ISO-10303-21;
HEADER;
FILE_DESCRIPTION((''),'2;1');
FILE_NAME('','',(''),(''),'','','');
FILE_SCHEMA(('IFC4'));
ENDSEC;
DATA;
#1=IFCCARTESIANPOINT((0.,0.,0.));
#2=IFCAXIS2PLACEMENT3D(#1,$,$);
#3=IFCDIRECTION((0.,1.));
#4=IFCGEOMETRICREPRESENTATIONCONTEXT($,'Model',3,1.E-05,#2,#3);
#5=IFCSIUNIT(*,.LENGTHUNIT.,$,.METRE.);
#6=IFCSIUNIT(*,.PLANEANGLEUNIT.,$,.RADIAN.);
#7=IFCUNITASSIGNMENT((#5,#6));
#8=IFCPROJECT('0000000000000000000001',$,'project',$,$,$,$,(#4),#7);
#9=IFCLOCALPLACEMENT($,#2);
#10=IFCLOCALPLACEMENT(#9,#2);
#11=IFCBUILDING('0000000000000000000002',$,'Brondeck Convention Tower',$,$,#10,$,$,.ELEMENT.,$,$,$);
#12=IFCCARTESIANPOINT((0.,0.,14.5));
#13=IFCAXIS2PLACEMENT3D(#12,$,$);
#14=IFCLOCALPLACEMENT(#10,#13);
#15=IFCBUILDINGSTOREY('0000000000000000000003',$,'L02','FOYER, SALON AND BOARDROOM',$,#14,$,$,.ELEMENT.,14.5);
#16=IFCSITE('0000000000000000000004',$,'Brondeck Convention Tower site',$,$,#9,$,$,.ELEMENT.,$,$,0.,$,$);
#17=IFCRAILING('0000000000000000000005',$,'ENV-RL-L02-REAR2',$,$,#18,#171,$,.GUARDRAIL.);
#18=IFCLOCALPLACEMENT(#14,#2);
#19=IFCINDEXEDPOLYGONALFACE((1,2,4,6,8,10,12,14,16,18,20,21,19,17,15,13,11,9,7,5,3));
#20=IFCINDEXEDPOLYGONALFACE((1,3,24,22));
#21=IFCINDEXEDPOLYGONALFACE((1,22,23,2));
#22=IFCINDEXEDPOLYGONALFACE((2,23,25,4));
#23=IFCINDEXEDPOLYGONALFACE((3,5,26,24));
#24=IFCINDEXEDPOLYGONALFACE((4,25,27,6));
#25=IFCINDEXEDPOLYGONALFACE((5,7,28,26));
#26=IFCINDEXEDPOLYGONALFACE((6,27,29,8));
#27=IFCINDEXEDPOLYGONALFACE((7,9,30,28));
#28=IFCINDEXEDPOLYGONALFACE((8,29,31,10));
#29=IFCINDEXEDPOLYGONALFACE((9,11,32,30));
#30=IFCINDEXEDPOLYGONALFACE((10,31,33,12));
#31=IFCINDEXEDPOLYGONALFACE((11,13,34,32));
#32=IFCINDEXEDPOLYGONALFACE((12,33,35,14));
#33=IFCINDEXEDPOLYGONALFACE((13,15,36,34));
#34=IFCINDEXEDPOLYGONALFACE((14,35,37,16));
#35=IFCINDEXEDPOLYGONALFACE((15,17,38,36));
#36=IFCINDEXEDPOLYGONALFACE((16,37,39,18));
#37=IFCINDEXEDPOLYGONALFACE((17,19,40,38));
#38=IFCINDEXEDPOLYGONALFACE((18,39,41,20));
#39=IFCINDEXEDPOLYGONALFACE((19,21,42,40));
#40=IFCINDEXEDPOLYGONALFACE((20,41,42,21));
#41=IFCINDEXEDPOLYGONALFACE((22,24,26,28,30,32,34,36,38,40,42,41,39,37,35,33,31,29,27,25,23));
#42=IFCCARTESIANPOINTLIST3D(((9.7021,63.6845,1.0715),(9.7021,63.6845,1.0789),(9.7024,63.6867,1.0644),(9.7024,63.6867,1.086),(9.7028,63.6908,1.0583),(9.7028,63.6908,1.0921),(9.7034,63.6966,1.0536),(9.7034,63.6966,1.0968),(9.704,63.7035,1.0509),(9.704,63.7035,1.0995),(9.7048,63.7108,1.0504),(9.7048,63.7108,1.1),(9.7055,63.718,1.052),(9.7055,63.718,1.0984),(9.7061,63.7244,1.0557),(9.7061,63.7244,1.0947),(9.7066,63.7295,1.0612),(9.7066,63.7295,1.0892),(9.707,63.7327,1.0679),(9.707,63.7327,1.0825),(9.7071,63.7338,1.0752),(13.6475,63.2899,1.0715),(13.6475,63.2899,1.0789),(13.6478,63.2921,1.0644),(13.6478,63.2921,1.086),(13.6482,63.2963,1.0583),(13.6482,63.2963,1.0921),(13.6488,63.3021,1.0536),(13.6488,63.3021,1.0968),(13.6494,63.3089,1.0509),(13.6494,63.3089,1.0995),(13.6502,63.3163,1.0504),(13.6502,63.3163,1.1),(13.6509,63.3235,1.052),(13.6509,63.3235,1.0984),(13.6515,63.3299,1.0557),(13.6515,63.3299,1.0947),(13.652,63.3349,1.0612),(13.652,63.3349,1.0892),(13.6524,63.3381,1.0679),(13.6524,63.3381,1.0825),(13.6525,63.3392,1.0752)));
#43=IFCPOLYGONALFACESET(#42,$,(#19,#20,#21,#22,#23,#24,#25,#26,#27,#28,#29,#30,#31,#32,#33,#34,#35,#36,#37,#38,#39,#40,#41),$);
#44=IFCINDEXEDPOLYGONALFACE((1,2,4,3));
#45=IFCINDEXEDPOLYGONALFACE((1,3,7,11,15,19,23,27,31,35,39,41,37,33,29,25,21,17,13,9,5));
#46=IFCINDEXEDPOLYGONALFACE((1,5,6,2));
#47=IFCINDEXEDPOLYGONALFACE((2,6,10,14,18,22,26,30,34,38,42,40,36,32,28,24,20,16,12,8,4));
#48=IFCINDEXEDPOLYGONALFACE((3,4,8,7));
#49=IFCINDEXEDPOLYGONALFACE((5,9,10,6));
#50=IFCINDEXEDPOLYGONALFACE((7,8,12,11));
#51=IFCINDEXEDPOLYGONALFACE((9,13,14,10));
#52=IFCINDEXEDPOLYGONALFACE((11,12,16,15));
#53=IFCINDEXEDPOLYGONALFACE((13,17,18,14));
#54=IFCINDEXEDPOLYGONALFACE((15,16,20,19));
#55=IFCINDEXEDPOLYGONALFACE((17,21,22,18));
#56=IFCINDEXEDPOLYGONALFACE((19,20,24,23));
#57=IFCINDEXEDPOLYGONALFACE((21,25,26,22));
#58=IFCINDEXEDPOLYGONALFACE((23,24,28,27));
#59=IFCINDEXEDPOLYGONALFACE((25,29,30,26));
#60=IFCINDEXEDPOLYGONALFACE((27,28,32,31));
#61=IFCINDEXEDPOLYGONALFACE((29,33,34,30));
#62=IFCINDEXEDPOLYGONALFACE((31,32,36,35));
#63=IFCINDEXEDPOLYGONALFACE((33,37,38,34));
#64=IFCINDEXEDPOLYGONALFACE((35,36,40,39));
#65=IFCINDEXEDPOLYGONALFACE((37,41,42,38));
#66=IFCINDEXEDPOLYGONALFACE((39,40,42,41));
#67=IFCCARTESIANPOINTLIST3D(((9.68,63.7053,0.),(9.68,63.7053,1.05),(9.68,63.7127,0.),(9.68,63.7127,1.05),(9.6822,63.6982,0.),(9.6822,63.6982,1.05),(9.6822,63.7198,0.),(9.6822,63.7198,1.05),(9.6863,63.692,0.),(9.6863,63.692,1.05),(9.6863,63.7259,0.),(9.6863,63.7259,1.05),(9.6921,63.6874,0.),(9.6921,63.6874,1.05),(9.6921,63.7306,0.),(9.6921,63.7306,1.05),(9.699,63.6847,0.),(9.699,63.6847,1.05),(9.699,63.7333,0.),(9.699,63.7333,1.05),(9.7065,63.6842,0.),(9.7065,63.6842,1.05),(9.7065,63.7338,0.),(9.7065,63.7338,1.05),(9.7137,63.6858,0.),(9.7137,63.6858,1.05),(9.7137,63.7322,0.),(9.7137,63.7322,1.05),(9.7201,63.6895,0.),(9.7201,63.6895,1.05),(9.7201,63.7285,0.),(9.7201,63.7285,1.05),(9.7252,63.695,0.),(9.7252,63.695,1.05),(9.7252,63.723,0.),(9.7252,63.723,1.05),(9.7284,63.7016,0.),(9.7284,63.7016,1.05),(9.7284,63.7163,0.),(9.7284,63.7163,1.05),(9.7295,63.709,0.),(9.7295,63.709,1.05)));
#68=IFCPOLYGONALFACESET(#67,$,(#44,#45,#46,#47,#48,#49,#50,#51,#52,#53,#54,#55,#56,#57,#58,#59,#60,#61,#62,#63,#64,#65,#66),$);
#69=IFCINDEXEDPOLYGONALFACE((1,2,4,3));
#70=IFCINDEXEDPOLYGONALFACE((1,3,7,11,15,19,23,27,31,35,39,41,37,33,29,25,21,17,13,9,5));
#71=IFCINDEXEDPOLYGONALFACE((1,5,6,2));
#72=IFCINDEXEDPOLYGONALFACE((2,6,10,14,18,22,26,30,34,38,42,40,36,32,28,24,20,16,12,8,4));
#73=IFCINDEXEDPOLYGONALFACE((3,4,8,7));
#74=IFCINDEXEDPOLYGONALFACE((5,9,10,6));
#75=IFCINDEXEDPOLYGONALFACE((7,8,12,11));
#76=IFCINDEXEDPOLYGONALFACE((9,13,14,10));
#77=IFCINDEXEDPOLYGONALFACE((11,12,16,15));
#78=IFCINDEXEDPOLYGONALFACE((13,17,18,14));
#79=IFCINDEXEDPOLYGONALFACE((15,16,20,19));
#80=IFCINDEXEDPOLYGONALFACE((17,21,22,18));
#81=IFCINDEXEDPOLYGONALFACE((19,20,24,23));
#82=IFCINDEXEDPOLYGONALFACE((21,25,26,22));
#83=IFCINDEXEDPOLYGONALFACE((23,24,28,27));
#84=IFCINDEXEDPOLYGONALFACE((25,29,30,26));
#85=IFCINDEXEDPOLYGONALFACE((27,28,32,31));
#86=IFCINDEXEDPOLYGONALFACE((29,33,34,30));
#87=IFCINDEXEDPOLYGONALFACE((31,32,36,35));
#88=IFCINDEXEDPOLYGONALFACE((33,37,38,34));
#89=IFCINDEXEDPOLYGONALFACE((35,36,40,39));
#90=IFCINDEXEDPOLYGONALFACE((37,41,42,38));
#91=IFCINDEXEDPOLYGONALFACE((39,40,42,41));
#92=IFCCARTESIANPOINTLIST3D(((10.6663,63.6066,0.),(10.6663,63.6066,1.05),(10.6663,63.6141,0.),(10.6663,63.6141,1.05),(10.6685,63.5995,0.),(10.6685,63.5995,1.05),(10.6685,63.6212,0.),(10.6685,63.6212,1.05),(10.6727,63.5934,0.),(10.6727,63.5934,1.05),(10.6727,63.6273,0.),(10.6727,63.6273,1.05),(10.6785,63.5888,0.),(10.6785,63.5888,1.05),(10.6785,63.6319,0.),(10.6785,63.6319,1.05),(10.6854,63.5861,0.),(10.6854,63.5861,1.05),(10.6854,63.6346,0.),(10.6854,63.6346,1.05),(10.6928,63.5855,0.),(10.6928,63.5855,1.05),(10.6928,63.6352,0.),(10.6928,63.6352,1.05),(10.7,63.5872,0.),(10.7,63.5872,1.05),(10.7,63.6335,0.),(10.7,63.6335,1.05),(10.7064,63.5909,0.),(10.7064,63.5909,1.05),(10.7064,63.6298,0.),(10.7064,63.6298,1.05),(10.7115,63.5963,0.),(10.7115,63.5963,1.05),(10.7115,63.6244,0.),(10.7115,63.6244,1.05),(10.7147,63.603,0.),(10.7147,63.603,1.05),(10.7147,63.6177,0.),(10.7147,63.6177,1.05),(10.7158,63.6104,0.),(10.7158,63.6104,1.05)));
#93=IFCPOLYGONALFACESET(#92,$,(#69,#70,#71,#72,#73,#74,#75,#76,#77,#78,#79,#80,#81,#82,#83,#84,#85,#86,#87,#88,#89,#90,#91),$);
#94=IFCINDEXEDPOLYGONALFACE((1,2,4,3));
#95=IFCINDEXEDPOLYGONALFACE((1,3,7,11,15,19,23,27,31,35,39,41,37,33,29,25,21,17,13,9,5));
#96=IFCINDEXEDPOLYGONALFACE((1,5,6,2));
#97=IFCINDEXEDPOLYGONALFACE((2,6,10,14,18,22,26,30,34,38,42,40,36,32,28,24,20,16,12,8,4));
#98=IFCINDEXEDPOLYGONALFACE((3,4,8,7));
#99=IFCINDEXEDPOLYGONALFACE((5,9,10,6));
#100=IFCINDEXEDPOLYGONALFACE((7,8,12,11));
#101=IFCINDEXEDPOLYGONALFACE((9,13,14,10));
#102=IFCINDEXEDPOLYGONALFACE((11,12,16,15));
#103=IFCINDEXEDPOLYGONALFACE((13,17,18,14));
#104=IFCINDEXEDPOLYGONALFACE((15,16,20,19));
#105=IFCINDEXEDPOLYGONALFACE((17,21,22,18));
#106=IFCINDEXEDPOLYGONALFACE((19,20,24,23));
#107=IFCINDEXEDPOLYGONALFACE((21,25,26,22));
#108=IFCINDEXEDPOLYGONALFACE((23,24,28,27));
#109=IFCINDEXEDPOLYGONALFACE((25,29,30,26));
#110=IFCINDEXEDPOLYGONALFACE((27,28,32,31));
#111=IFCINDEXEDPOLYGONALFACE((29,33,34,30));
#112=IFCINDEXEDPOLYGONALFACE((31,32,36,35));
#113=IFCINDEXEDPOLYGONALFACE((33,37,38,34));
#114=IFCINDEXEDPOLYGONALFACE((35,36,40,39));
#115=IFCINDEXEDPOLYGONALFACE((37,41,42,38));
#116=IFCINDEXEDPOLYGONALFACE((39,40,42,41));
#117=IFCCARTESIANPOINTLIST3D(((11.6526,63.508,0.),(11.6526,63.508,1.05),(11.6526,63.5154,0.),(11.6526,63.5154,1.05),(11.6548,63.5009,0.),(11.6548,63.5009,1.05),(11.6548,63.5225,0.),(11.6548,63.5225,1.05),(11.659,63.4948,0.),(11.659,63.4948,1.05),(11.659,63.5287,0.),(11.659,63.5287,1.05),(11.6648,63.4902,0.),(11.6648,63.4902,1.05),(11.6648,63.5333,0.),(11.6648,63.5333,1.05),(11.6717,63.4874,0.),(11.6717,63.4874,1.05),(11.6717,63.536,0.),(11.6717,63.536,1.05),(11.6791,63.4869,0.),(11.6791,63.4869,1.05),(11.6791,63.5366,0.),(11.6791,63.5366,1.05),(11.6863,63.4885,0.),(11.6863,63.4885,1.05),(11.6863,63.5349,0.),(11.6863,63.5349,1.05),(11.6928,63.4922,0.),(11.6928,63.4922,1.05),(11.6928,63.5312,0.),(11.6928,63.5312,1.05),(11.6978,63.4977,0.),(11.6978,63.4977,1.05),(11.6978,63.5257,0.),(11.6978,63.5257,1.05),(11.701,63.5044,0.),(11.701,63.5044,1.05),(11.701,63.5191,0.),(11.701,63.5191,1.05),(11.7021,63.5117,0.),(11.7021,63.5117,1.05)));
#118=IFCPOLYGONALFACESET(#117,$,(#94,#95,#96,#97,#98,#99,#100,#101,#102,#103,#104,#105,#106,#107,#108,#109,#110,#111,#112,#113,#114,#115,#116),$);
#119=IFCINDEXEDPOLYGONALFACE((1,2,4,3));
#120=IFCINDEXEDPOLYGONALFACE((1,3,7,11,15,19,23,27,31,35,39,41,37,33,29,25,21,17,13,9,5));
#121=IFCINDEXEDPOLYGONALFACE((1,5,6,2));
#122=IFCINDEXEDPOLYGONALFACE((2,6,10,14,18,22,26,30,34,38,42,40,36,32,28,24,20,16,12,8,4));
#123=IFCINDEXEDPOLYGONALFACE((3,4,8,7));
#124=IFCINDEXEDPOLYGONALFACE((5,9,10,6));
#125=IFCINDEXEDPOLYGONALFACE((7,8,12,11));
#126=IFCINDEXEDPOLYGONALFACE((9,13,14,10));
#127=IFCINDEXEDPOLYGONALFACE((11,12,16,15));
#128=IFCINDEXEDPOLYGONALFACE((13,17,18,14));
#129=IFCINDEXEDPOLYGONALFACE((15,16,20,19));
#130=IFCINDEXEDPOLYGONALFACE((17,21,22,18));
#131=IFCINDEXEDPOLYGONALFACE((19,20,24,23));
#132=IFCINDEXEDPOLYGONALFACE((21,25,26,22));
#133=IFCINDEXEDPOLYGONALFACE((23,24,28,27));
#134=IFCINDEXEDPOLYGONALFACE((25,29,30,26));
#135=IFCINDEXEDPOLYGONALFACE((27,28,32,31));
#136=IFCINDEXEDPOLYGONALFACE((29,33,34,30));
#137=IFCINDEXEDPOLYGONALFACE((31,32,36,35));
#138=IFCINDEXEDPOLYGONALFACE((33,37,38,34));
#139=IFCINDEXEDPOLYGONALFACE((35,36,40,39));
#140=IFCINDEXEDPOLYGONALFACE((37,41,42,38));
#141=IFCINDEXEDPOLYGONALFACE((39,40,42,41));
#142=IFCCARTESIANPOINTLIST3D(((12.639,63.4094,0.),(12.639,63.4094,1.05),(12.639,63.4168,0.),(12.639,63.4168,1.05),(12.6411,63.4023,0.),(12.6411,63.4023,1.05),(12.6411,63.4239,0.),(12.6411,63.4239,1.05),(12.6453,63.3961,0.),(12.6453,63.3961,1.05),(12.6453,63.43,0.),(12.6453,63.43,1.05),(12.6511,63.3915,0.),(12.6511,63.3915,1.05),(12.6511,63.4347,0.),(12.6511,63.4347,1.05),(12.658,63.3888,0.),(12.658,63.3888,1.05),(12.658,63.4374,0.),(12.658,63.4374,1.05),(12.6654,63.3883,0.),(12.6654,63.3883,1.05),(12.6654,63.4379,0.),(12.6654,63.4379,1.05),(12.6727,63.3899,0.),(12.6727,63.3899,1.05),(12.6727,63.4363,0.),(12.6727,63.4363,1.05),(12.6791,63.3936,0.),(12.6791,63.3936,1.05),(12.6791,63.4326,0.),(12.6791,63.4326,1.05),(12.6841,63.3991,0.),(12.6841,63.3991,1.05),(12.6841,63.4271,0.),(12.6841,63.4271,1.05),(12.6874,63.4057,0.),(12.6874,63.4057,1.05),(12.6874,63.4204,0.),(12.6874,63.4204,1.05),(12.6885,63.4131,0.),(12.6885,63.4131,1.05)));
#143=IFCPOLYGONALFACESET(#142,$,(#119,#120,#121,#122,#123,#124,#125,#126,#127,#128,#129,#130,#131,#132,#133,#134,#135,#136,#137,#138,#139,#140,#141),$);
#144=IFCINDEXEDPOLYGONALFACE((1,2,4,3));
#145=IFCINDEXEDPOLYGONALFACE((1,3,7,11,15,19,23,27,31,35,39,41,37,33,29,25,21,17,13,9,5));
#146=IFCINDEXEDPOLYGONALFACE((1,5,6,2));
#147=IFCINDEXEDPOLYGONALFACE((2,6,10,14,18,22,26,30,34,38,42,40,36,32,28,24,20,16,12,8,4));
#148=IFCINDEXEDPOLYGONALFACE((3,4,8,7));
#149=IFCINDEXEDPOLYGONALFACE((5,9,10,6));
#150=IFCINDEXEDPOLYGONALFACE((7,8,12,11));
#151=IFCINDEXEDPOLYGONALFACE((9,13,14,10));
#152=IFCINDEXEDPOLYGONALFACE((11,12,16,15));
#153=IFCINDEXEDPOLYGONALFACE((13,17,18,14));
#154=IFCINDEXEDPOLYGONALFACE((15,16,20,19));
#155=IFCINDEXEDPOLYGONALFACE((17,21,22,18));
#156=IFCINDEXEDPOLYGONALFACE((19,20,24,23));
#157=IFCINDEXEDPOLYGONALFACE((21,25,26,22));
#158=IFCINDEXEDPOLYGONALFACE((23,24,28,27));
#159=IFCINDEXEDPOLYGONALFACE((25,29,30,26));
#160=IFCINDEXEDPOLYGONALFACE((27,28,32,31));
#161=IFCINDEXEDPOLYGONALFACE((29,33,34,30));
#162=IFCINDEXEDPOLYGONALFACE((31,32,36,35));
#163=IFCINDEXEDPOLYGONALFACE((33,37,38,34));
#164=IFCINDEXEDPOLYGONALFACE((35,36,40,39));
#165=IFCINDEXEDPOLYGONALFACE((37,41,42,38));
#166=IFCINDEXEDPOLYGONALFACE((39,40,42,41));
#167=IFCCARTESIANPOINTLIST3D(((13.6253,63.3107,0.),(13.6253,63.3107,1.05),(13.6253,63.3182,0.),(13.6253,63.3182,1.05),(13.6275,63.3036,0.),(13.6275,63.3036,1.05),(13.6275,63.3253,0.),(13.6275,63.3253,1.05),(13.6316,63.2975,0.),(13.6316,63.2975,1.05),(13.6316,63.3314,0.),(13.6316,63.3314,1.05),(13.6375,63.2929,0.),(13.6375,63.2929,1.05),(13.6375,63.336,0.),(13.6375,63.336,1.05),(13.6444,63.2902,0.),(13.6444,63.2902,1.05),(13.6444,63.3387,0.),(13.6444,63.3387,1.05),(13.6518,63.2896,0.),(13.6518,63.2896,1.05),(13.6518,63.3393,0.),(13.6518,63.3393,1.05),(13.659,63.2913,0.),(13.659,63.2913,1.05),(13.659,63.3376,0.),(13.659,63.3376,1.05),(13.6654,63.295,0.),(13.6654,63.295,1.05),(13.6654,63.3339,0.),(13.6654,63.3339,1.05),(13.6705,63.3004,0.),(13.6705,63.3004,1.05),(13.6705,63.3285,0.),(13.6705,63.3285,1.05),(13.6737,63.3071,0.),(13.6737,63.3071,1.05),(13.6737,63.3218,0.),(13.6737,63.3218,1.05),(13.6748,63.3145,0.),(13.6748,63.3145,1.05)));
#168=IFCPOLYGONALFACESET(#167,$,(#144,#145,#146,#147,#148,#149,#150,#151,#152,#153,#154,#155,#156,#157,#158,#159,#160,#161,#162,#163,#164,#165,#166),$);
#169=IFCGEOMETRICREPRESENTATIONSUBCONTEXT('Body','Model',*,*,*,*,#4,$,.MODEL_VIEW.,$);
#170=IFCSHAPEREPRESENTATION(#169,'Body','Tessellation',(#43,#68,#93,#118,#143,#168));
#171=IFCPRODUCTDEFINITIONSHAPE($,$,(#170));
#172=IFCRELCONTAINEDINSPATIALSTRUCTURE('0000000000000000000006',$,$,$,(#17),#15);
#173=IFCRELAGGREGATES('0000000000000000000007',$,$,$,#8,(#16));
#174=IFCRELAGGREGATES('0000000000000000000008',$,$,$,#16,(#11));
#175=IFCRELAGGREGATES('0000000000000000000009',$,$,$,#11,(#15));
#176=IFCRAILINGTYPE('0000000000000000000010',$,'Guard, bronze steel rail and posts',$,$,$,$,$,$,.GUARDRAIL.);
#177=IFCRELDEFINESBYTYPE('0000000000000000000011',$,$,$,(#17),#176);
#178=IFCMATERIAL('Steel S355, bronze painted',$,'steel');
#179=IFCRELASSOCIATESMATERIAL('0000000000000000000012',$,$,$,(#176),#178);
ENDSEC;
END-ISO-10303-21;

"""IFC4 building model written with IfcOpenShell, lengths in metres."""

from ifc_helpers import new_model, si_unit, direction, frame, origin, origin_2d, place, context, subcontext, project, spatial, circle, extrude, material, type_object, element, save


model = new_model("IFC4")

# Units and contexts
model_context = context("Model", 3, precision=1e-05, world=origin(), true_north=direction((0.0, 1.0)))
body_context = subcontext(model_context, "Body", "Model", "MODEL_VIEW")
ifc_project = project(units=[si_unit("LENGTHUNIT", "METRE"), si_unit("PLANEANGLEUNIT", "RADIAN")], contexts=[model_context])

# Site, building, storey
site_placement = place(None, origin())
site = spatial("IfcSite", under=ifc_project, at=site_placement, Name="Brondeck Convention Tower site", CompositionType="ELEMENT", RefElevation=0.0)
building_placement = place(site_placement, origin())
building = spatial("IfcBuilding", under=site, at=building_placement, Name="Brondeck Convention Tower", CompositionType="ELEMENT")
storey_placement = place(building_placement, frame((0.0, 0.0, 14.5)))
storey = spatial("IfcBuildingStorey", under=building, at=storey_placement, Name="L02", Description="FOYER, SALON AND BOARDROOM", CompositionType="ELEMENT", Elevation=14.5)

# Railing
ifc_material_1 = material(Name="Steel S355, bronze painted", Category="steel")
railing_type_1 = type_object("IfcRailingType", Name="Guard, bronze steel rail and posts", PredefinedType="GUARDRAIL", material=ifc_material_1)
railing_1_placement = place(storey_placement, frame((9.7046, 63.709, 0.0)))
element("IfcRailing", 1, at=railing_1_placement, inside=storey, type_object=railing_type_1, Name="ENV-RL-L02-REAR2", PredefinedType="GUARDRAIL", context=body_context, shape_type="SweptSolid", body=[
    extrude(circle(Radius=0.0249, at=origin_2d()), frame((0.0, 0.0, 1.0752), z_axis=(0.995037, -0.099504, 0.0), x_axis=(0.099504, 0.995037, 0.0)), (0.0, 0.0, 1.0), 3.9651),
    extrude(circle(Radius=0.0249, at=origin_2d()), origin(), (0.0, 0.0, 1.0), 1.05),
    extrude(circle(Radius=0.0249, at=origin_2d()), frame((0.9863, -0.0986, 0.0)), (0.0, 0.0, 1.0), 1.05),
    extrude(circle(Radius=0.0249, at=origin_2d()), frame((1.9727, -0.1973, 0.0)), (0.0, 0.0, 1.0), 1.05),
    extrude(circle(Radius=0.0249, at=origin_2d()), frame((2.959, -0.2959, 0.0)), (0.0, 0.0, 1.0), 1.05),
    extrude(circle(Radius=0.0249, at=origin_2d()), frame((3.9453, -0.3945, 0.0)), (0.0, 0.0, 1.0), 1.05),
])

save(model, "model.ifc")
